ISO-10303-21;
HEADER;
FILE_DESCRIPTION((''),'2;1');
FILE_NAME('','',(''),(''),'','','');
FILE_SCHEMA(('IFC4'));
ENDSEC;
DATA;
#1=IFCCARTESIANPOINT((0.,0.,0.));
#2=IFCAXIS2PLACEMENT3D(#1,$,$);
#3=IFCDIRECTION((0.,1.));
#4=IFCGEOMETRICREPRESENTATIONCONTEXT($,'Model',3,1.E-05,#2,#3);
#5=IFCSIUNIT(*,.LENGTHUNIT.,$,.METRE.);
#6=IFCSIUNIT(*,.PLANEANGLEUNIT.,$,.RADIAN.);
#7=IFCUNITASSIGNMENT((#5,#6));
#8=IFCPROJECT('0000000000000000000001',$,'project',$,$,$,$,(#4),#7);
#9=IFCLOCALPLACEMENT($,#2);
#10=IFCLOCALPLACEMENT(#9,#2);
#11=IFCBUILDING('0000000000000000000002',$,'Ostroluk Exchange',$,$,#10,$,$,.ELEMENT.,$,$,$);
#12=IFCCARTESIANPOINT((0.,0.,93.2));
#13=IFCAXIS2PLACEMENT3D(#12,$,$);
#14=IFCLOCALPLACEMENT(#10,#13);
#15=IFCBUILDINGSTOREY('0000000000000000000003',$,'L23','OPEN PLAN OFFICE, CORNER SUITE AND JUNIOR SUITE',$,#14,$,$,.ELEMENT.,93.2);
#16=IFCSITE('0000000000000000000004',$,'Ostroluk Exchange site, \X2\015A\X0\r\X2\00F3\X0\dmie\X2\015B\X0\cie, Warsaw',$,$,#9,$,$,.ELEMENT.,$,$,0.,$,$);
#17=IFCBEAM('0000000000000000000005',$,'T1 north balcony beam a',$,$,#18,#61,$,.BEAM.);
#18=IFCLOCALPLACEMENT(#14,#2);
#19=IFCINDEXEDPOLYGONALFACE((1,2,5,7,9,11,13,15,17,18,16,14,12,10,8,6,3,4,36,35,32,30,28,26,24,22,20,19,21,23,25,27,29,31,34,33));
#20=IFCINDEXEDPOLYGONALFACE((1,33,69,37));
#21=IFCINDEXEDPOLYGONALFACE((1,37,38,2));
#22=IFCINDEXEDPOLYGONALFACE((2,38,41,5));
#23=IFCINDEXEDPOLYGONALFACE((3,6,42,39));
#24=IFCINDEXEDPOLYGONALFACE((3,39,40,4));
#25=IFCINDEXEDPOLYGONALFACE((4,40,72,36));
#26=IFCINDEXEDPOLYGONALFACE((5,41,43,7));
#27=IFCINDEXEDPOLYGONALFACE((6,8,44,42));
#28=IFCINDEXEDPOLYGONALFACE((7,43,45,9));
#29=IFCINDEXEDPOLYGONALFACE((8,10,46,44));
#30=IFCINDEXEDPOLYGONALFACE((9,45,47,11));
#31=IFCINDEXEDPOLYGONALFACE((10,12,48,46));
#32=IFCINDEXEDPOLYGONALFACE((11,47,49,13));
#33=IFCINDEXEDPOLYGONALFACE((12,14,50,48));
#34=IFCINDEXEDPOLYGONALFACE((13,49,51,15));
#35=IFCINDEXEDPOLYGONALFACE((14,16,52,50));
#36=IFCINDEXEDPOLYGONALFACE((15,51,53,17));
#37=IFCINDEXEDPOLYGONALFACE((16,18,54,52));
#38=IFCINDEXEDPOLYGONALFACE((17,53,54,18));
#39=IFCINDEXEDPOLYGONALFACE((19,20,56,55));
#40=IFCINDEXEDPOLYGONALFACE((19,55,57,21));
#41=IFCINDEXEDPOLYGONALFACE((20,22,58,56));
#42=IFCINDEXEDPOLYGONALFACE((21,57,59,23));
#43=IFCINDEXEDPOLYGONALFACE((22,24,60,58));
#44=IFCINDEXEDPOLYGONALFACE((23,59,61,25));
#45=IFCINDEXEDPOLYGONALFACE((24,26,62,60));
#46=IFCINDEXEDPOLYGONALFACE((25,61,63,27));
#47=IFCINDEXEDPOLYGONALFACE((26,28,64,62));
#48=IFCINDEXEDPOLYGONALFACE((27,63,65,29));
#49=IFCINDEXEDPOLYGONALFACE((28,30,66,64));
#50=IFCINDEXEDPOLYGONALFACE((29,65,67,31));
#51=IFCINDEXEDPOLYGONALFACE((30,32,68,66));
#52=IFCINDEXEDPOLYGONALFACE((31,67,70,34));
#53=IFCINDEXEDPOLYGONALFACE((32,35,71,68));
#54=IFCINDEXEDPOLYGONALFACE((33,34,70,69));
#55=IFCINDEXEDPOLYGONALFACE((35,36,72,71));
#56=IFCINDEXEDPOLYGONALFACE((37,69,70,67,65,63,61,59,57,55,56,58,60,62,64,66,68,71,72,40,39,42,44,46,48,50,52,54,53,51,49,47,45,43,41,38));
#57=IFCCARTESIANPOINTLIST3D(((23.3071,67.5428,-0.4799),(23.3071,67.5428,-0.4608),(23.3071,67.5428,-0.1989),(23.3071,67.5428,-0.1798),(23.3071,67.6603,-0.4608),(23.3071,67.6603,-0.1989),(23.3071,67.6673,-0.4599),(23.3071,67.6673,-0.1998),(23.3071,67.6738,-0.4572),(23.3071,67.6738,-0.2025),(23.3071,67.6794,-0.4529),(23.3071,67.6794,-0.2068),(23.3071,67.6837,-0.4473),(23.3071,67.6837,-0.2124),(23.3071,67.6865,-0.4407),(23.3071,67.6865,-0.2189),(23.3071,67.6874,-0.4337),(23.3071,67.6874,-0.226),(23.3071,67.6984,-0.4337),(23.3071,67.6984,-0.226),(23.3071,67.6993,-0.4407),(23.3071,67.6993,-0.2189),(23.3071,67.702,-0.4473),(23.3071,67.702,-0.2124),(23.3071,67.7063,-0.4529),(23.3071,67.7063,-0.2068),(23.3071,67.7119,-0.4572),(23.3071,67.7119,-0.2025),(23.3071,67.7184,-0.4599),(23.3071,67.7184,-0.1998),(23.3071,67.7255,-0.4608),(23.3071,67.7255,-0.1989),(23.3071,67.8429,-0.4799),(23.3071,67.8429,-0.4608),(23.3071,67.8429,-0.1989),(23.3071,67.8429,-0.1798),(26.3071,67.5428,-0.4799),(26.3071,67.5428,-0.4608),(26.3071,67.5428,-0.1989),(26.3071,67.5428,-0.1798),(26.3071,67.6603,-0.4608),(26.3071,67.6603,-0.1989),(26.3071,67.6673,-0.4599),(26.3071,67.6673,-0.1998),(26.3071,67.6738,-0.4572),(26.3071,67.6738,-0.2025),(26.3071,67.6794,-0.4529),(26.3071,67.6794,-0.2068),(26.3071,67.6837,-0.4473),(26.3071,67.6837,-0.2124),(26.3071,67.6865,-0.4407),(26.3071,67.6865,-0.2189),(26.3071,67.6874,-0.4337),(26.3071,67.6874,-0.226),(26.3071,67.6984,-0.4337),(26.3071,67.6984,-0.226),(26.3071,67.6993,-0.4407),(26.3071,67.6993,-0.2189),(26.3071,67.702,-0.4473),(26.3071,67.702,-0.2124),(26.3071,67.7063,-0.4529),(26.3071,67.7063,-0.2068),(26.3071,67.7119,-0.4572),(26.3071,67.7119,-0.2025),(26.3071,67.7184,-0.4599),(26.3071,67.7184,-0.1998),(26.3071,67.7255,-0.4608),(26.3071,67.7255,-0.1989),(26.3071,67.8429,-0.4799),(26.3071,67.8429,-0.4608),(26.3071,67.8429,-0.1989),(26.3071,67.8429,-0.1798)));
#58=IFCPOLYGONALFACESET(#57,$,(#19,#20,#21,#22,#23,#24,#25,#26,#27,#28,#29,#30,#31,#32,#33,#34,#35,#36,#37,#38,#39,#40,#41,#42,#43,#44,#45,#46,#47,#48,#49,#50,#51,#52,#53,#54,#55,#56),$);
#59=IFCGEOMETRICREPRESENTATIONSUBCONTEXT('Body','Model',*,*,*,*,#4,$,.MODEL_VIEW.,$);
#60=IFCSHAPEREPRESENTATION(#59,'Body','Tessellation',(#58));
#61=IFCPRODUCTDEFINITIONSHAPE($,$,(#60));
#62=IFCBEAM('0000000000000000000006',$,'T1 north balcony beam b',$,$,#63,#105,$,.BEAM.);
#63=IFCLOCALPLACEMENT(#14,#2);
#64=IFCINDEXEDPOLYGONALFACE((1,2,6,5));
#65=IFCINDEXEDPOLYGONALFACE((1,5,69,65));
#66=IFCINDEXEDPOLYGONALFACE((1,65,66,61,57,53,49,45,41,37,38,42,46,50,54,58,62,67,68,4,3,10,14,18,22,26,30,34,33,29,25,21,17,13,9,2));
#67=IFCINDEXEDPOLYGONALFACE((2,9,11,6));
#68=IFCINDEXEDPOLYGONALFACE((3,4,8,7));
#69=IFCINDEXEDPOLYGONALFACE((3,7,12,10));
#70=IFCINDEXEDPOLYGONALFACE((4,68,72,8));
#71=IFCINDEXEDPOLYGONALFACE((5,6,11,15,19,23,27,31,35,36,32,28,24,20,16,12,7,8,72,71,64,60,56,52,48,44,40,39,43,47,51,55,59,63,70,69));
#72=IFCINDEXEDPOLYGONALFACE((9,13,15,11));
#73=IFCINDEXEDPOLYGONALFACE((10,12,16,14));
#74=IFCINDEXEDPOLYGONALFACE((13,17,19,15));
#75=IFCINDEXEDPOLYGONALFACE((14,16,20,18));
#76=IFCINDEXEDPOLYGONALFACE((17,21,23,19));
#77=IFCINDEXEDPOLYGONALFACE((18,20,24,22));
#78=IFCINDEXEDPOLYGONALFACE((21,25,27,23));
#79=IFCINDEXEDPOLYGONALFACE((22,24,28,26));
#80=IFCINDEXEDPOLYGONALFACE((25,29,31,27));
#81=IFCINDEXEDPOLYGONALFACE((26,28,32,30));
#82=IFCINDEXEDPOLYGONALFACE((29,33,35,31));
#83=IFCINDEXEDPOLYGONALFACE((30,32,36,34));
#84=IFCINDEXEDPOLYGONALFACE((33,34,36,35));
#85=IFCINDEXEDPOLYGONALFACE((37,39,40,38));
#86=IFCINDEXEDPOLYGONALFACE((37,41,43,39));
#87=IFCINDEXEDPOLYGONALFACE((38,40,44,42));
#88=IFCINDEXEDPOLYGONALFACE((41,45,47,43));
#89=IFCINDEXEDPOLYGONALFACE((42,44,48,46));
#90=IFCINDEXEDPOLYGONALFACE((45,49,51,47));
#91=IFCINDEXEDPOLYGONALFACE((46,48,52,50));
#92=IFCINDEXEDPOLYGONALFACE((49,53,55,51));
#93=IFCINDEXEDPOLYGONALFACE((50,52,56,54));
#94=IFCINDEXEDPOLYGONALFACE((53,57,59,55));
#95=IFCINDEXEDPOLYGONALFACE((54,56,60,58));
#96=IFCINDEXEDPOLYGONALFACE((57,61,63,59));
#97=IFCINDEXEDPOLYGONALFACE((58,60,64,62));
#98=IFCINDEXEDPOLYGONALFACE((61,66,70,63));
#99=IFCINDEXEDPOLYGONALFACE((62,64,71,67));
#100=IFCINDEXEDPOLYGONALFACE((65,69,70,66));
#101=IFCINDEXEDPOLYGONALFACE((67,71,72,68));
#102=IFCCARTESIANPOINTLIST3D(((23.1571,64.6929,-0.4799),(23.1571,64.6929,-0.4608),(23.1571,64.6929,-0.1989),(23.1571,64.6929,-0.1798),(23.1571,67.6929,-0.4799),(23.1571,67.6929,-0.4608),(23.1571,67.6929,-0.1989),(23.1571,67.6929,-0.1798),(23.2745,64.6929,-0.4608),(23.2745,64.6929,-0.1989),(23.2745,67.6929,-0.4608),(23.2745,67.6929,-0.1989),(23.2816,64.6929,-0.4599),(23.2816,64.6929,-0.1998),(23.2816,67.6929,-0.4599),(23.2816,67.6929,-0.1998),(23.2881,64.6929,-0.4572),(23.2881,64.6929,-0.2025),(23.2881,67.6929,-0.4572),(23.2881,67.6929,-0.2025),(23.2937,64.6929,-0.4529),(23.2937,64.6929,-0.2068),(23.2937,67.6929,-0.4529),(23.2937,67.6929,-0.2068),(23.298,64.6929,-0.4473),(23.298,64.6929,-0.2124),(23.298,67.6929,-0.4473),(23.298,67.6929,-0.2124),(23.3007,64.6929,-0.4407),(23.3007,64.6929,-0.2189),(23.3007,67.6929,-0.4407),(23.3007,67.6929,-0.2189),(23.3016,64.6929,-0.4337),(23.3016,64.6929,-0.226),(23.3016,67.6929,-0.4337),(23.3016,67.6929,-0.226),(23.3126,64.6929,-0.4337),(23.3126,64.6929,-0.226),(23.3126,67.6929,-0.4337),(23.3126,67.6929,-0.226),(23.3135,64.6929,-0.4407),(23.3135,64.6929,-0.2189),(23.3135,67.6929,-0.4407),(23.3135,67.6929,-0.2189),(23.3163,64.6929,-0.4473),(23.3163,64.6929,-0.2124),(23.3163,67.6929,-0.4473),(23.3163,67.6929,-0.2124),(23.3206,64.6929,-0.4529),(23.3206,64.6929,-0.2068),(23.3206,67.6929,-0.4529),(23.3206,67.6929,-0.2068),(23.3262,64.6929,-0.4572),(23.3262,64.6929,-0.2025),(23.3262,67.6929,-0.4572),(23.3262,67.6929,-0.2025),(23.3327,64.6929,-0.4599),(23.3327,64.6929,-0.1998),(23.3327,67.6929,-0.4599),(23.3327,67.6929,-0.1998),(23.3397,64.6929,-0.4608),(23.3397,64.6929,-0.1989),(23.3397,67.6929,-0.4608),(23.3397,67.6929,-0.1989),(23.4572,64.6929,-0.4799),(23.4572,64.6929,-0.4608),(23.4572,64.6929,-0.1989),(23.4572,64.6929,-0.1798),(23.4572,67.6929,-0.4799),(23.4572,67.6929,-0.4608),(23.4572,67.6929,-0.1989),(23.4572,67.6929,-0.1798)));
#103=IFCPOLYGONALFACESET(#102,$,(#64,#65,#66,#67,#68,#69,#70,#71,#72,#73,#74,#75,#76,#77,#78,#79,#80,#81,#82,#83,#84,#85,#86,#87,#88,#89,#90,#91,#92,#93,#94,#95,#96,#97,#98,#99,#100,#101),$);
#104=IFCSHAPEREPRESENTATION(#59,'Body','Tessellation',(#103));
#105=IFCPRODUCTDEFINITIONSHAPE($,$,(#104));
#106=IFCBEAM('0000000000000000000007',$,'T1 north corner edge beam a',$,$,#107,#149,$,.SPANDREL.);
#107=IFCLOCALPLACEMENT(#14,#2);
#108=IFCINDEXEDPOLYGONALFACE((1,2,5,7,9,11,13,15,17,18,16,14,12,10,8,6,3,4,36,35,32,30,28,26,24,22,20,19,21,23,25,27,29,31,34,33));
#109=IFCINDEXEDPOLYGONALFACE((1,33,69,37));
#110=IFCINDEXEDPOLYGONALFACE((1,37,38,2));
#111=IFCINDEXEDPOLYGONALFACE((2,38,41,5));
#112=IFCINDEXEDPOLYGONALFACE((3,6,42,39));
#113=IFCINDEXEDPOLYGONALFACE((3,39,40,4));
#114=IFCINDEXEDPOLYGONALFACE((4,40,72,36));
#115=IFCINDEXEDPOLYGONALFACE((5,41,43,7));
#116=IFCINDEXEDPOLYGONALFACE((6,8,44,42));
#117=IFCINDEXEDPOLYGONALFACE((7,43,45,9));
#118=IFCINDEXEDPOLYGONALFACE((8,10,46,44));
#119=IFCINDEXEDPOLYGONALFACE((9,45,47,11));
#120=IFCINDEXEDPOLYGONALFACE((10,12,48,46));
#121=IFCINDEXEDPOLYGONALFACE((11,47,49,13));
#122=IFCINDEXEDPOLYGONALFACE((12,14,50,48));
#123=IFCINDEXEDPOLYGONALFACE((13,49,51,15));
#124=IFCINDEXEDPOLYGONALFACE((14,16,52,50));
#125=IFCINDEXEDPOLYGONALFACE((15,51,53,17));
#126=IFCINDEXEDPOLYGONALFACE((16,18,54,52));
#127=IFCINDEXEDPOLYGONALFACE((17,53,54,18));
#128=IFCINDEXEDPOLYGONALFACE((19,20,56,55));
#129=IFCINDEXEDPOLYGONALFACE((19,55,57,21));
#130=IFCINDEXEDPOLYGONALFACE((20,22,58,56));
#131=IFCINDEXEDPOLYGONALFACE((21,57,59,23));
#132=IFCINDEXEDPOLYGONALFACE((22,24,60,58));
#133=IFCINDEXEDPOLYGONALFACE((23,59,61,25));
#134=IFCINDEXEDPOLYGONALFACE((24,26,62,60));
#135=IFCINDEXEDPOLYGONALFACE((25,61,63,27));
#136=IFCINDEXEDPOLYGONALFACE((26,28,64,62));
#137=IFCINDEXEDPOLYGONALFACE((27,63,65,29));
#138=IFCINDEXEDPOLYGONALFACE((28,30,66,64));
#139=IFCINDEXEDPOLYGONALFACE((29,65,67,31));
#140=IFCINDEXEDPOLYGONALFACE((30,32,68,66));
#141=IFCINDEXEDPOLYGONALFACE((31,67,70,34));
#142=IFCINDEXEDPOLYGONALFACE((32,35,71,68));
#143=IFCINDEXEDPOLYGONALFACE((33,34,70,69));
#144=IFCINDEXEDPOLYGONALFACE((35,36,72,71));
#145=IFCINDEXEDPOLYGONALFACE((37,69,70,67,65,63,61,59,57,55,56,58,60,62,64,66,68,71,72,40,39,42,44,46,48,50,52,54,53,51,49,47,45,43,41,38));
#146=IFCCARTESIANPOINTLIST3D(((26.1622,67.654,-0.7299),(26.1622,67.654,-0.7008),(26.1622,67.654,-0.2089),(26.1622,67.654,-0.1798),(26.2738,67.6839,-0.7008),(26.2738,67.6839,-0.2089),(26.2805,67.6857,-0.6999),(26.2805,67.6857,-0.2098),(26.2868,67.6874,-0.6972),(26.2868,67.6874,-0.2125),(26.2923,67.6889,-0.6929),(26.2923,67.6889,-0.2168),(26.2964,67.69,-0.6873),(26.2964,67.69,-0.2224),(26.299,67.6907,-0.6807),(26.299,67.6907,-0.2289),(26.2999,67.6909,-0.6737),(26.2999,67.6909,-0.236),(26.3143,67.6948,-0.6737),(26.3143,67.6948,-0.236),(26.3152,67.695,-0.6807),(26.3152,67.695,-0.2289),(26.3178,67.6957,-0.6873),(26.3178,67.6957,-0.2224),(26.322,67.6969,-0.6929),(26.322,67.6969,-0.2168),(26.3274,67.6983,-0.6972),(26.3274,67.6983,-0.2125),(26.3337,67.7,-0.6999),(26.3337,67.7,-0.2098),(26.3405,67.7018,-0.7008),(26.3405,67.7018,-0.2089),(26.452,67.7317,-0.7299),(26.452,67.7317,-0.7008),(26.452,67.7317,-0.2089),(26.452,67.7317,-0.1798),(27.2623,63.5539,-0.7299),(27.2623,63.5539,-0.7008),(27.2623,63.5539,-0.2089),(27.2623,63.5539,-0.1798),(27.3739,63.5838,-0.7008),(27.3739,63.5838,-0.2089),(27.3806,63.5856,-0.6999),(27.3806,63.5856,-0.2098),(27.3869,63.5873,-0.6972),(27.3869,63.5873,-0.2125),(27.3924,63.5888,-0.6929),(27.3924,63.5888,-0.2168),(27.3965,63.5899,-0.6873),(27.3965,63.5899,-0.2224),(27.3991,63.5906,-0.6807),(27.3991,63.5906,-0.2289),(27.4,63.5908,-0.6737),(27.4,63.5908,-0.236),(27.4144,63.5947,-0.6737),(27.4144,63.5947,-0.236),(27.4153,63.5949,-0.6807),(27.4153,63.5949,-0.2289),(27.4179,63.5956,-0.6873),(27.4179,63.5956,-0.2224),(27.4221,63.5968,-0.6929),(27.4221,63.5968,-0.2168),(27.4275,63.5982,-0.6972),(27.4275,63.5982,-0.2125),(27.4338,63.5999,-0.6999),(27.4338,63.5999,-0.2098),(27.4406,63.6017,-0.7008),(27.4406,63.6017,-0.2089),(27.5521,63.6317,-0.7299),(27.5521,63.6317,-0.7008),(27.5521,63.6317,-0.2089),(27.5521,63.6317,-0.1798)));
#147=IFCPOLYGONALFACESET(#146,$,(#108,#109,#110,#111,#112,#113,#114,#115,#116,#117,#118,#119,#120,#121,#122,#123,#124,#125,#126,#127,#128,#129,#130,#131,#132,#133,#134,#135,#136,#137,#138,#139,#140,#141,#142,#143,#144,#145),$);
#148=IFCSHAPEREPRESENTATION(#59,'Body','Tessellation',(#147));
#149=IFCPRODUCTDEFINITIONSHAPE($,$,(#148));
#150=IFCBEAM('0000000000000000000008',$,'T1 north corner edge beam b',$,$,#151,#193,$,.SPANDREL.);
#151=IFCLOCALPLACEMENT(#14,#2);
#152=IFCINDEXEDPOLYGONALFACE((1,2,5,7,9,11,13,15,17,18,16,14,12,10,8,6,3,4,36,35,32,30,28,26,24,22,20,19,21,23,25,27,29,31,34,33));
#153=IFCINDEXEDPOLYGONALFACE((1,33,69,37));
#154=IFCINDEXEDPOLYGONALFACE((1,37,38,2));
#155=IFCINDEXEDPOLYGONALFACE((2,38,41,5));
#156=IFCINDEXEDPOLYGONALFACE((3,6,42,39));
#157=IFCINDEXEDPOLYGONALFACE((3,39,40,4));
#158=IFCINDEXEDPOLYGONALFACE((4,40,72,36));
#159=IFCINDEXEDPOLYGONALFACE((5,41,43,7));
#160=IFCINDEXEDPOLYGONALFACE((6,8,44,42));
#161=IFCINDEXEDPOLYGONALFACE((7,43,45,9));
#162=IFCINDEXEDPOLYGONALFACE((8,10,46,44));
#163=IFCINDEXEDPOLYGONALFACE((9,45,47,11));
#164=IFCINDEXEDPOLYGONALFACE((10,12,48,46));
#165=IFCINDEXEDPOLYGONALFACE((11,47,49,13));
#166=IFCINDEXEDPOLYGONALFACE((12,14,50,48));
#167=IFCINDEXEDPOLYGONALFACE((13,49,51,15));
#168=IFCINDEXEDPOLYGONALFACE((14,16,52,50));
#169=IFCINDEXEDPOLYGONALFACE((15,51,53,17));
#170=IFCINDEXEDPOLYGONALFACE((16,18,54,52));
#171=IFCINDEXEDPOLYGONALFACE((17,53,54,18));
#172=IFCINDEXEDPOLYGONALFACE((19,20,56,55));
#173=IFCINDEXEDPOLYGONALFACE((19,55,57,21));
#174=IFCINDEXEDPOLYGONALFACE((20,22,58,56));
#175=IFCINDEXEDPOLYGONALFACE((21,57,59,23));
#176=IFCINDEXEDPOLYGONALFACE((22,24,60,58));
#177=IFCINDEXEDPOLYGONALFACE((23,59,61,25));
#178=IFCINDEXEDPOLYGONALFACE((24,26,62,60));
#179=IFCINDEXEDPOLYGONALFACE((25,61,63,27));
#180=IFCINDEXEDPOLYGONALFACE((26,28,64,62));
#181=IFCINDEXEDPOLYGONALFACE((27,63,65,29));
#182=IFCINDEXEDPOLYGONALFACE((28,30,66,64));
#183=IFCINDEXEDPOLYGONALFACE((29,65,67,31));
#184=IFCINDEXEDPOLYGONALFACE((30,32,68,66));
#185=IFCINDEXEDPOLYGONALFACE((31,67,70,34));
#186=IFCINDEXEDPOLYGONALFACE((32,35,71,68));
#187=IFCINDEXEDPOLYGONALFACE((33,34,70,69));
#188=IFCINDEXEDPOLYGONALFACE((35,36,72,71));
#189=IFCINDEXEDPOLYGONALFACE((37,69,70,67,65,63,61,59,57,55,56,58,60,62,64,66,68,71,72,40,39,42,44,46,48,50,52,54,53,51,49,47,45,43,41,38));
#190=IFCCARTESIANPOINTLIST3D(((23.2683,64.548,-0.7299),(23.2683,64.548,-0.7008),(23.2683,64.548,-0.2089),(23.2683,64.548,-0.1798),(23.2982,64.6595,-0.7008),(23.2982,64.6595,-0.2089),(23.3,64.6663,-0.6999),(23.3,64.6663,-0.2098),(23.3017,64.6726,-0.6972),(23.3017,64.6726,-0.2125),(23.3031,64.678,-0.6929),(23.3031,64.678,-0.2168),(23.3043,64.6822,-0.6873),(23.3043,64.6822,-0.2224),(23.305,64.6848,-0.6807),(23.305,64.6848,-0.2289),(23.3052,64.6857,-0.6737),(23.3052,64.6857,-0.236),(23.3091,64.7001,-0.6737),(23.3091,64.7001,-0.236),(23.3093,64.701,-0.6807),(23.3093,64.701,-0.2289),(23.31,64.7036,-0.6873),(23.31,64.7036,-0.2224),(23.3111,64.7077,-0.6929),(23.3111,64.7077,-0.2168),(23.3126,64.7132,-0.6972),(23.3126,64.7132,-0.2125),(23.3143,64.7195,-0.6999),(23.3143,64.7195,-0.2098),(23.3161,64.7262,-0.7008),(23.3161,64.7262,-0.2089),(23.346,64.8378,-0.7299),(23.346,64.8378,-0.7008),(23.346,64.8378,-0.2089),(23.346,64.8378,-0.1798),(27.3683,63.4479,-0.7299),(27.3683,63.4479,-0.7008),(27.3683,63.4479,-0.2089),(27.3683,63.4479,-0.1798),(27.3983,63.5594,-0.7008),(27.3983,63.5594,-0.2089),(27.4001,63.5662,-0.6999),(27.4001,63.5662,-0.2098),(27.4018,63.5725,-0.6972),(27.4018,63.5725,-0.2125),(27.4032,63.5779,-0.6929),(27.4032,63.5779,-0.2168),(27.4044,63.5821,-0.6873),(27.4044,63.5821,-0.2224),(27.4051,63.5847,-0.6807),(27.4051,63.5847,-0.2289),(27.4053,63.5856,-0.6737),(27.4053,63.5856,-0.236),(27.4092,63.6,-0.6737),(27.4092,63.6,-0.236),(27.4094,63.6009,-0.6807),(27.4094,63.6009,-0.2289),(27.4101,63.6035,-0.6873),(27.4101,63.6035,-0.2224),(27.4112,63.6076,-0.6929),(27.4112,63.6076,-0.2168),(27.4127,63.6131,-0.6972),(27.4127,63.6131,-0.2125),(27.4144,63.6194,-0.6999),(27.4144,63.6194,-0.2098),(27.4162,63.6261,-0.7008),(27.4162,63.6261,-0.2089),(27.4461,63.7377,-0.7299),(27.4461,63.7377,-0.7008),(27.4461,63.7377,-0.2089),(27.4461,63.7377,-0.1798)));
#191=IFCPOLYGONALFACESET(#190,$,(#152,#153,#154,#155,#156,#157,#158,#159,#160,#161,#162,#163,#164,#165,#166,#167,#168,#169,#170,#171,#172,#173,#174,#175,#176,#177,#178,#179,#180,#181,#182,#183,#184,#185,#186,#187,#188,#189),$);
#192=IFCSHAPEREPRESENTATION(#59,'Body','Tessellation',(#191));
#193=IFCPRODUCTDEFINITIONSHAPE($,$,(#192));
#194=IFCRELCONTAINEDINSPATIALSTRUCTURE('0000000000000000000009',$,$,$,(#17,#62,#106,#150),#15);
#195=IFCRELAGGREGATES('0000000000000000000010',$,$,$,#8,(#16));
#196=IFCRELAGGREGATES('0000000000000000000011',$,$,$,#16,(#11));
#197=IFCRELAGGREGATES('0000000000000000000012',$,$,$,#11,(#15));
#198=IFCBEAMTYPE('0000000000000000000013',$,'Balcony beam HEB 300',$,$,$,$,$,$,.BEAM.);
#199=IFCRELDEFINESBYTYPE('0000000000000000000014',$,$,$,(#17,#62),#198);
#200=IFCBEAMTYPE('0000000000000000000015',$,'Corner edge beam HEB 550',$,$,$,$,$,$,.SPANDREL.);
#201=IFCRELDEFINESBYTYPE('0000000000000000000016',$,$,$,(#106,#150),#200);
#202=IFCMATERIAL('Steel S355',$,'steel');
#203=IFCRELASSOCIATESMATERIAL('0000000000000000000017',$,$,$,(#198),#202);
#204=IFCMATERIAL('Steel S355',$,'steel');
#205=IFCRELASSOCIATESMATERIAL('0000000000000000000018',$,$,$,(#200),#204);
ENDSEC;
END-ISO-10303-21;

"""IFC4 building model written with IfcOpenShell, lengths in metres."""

from ifc_helpers import new_model, si_unit, direction, frame, origin, origin_2d, place, context, subcontext, project, spatial, i_section, extrude, material, material_profile, profile_set, type_object, element, save


model = new_model("IFC4")

# Units and contexts
model_context = context("Model", 3, precision=1e-05, world=origin(), true_north=direction((0.0, 1.0)))
body_context = subcontext(model_context, "Body", "Model", "MODEL_VIEW")
ifc_project = project(units=[si_unit("LENGTHUNIT", "METRE"), si_unit("PLANEANGLEUNIT", "RADIAN")], contexts=[model_context])

# Site, building, storey
site_placement = place(None, origin())
site = spatial("IfcSite", under=ifc_project, at=site_placement, Name="Ostroluk Exchange site, Śródmieście, Warsaw", CompositionType="ELEMENT", RefElevation=0.0)
building_placement = place(site_placement, origin())
building = spatial("IfcBuilding", under=site, at=building_placement, Name="Ostroluk Exchange", CompositionType="ELEMENT")
storey_placement = place(building_placement, frame((0.0, 0.0, 93.2)))
storey = spatial("IfcBuildingStorey", under=building, at=storey_placement, Name="L23", Description="OPEN PLAN OFFICE, CORNER SUITE AND JUNIOR SUITE", CompositionType="ELEMENT", Elevation=93.2)

# Beams
ifc_material_1 = material(Name="Steel S355", Category="steel")
ifc_material_profile_1 = material_profile(ifc_material_1, i_section(OverallWidth=0.3, OverallDepth=0.3, WebThickness=0.011, FlangeThickness=0.019, FilletRadius=0.0271, at=origin_2d()), Name="HEB 300")
ifc_profile_set_1 = profile_set([ifc_material_profile_1], Name="Steel S355")
beam_type_1 = type_object("IfcBeamType", Name="Balcony beam HEB 300", PredefinedType="BEAM", material=ifc_profile_set_1)
for number, where, z_axis, x_axis, name in (
    (1, (26.3071, 67.6929, -0.3298), (-1.0, 0.0, 0.0), (0.0, -1.0, 0.0), "T1 north balcony beam a"),
    (2, (23.3071, 64.6929, -0.3298), (0.0, 1.0, 0.0), (-1.0, 0.0, 0.0), "T1 north balcony beam b"),
):
    element("IfcBeam", number, at=place(storey_placement, frame(where, z_axis=z_axis, x_axis=x_axis)), inside=storey, type_object=beam_type_1, Name=name, PredefinedType="BEAM", context=body_context, shape_type="SweptSolid", body=[
        extrude(i_section(OverallWidth=0.3, OverallDepth=0.3, WebThickness=0.011, FlangeThickness=0.019, FilletRadius=0.0271, at=origin_2d()), origin(), (0.0, 0.0, 1.0), 3.0),
    ])
ifc_material_2 = material(Name="Steel S355", Category="steel")
ifc_material_profile_2 = material_profile(ifc_material_2, i_section(OverallWidth=0.3, OverallDepth=0.55, WebThickness=0.0149, FlangeThickness=0.0291, FilletRadius=0.0271, at=origin_2d()), Name="HEB 550")
ifc_profile_set_2 = profile_set([ifc_material_profile_2], Name="Steel S355")
beam_type_2 = type_object("IfcBeamType", Name="Corner edge beam HEB 550", PredefinedType="SPANDREL", material=ifc_profile_set_2)
for number, where, z_axis, x_axis, name in (
    (3, (27.4072, 63.5928, -0.4548), (-0.259144, 0.965839, 0.0), (-0.965839, -0.259144, 0.0), "T1 north corner edge beam a"),
    (4, (27.4072, 63.5928, -0.4548), (-0.965839, 0.259144, 0.0), (-0.259144, -0.965839, 0.0), "T1 north corner edge beam b"),
):
    element("IfcBeam", number, at=place(storey_placement, frame(where, z_axis=z_axis, x_axis=x_axis)), inside=storey, type_object=beam_type_2, Name=name, PredefinedType="SPANDREL", context=body_context, shape_type="SweptSolid", body=[
        extrude(i_section(OverallWidth=0.3, OverallDepth=0.55, WebThickness=0.0149, FlangeThickness=0.0291, FilletRadius=0.0271, at=origin_2d()), origin(), (0.0, 0.0, 1.0), 4.2451),
    ])

save(model, "model.ifc")
